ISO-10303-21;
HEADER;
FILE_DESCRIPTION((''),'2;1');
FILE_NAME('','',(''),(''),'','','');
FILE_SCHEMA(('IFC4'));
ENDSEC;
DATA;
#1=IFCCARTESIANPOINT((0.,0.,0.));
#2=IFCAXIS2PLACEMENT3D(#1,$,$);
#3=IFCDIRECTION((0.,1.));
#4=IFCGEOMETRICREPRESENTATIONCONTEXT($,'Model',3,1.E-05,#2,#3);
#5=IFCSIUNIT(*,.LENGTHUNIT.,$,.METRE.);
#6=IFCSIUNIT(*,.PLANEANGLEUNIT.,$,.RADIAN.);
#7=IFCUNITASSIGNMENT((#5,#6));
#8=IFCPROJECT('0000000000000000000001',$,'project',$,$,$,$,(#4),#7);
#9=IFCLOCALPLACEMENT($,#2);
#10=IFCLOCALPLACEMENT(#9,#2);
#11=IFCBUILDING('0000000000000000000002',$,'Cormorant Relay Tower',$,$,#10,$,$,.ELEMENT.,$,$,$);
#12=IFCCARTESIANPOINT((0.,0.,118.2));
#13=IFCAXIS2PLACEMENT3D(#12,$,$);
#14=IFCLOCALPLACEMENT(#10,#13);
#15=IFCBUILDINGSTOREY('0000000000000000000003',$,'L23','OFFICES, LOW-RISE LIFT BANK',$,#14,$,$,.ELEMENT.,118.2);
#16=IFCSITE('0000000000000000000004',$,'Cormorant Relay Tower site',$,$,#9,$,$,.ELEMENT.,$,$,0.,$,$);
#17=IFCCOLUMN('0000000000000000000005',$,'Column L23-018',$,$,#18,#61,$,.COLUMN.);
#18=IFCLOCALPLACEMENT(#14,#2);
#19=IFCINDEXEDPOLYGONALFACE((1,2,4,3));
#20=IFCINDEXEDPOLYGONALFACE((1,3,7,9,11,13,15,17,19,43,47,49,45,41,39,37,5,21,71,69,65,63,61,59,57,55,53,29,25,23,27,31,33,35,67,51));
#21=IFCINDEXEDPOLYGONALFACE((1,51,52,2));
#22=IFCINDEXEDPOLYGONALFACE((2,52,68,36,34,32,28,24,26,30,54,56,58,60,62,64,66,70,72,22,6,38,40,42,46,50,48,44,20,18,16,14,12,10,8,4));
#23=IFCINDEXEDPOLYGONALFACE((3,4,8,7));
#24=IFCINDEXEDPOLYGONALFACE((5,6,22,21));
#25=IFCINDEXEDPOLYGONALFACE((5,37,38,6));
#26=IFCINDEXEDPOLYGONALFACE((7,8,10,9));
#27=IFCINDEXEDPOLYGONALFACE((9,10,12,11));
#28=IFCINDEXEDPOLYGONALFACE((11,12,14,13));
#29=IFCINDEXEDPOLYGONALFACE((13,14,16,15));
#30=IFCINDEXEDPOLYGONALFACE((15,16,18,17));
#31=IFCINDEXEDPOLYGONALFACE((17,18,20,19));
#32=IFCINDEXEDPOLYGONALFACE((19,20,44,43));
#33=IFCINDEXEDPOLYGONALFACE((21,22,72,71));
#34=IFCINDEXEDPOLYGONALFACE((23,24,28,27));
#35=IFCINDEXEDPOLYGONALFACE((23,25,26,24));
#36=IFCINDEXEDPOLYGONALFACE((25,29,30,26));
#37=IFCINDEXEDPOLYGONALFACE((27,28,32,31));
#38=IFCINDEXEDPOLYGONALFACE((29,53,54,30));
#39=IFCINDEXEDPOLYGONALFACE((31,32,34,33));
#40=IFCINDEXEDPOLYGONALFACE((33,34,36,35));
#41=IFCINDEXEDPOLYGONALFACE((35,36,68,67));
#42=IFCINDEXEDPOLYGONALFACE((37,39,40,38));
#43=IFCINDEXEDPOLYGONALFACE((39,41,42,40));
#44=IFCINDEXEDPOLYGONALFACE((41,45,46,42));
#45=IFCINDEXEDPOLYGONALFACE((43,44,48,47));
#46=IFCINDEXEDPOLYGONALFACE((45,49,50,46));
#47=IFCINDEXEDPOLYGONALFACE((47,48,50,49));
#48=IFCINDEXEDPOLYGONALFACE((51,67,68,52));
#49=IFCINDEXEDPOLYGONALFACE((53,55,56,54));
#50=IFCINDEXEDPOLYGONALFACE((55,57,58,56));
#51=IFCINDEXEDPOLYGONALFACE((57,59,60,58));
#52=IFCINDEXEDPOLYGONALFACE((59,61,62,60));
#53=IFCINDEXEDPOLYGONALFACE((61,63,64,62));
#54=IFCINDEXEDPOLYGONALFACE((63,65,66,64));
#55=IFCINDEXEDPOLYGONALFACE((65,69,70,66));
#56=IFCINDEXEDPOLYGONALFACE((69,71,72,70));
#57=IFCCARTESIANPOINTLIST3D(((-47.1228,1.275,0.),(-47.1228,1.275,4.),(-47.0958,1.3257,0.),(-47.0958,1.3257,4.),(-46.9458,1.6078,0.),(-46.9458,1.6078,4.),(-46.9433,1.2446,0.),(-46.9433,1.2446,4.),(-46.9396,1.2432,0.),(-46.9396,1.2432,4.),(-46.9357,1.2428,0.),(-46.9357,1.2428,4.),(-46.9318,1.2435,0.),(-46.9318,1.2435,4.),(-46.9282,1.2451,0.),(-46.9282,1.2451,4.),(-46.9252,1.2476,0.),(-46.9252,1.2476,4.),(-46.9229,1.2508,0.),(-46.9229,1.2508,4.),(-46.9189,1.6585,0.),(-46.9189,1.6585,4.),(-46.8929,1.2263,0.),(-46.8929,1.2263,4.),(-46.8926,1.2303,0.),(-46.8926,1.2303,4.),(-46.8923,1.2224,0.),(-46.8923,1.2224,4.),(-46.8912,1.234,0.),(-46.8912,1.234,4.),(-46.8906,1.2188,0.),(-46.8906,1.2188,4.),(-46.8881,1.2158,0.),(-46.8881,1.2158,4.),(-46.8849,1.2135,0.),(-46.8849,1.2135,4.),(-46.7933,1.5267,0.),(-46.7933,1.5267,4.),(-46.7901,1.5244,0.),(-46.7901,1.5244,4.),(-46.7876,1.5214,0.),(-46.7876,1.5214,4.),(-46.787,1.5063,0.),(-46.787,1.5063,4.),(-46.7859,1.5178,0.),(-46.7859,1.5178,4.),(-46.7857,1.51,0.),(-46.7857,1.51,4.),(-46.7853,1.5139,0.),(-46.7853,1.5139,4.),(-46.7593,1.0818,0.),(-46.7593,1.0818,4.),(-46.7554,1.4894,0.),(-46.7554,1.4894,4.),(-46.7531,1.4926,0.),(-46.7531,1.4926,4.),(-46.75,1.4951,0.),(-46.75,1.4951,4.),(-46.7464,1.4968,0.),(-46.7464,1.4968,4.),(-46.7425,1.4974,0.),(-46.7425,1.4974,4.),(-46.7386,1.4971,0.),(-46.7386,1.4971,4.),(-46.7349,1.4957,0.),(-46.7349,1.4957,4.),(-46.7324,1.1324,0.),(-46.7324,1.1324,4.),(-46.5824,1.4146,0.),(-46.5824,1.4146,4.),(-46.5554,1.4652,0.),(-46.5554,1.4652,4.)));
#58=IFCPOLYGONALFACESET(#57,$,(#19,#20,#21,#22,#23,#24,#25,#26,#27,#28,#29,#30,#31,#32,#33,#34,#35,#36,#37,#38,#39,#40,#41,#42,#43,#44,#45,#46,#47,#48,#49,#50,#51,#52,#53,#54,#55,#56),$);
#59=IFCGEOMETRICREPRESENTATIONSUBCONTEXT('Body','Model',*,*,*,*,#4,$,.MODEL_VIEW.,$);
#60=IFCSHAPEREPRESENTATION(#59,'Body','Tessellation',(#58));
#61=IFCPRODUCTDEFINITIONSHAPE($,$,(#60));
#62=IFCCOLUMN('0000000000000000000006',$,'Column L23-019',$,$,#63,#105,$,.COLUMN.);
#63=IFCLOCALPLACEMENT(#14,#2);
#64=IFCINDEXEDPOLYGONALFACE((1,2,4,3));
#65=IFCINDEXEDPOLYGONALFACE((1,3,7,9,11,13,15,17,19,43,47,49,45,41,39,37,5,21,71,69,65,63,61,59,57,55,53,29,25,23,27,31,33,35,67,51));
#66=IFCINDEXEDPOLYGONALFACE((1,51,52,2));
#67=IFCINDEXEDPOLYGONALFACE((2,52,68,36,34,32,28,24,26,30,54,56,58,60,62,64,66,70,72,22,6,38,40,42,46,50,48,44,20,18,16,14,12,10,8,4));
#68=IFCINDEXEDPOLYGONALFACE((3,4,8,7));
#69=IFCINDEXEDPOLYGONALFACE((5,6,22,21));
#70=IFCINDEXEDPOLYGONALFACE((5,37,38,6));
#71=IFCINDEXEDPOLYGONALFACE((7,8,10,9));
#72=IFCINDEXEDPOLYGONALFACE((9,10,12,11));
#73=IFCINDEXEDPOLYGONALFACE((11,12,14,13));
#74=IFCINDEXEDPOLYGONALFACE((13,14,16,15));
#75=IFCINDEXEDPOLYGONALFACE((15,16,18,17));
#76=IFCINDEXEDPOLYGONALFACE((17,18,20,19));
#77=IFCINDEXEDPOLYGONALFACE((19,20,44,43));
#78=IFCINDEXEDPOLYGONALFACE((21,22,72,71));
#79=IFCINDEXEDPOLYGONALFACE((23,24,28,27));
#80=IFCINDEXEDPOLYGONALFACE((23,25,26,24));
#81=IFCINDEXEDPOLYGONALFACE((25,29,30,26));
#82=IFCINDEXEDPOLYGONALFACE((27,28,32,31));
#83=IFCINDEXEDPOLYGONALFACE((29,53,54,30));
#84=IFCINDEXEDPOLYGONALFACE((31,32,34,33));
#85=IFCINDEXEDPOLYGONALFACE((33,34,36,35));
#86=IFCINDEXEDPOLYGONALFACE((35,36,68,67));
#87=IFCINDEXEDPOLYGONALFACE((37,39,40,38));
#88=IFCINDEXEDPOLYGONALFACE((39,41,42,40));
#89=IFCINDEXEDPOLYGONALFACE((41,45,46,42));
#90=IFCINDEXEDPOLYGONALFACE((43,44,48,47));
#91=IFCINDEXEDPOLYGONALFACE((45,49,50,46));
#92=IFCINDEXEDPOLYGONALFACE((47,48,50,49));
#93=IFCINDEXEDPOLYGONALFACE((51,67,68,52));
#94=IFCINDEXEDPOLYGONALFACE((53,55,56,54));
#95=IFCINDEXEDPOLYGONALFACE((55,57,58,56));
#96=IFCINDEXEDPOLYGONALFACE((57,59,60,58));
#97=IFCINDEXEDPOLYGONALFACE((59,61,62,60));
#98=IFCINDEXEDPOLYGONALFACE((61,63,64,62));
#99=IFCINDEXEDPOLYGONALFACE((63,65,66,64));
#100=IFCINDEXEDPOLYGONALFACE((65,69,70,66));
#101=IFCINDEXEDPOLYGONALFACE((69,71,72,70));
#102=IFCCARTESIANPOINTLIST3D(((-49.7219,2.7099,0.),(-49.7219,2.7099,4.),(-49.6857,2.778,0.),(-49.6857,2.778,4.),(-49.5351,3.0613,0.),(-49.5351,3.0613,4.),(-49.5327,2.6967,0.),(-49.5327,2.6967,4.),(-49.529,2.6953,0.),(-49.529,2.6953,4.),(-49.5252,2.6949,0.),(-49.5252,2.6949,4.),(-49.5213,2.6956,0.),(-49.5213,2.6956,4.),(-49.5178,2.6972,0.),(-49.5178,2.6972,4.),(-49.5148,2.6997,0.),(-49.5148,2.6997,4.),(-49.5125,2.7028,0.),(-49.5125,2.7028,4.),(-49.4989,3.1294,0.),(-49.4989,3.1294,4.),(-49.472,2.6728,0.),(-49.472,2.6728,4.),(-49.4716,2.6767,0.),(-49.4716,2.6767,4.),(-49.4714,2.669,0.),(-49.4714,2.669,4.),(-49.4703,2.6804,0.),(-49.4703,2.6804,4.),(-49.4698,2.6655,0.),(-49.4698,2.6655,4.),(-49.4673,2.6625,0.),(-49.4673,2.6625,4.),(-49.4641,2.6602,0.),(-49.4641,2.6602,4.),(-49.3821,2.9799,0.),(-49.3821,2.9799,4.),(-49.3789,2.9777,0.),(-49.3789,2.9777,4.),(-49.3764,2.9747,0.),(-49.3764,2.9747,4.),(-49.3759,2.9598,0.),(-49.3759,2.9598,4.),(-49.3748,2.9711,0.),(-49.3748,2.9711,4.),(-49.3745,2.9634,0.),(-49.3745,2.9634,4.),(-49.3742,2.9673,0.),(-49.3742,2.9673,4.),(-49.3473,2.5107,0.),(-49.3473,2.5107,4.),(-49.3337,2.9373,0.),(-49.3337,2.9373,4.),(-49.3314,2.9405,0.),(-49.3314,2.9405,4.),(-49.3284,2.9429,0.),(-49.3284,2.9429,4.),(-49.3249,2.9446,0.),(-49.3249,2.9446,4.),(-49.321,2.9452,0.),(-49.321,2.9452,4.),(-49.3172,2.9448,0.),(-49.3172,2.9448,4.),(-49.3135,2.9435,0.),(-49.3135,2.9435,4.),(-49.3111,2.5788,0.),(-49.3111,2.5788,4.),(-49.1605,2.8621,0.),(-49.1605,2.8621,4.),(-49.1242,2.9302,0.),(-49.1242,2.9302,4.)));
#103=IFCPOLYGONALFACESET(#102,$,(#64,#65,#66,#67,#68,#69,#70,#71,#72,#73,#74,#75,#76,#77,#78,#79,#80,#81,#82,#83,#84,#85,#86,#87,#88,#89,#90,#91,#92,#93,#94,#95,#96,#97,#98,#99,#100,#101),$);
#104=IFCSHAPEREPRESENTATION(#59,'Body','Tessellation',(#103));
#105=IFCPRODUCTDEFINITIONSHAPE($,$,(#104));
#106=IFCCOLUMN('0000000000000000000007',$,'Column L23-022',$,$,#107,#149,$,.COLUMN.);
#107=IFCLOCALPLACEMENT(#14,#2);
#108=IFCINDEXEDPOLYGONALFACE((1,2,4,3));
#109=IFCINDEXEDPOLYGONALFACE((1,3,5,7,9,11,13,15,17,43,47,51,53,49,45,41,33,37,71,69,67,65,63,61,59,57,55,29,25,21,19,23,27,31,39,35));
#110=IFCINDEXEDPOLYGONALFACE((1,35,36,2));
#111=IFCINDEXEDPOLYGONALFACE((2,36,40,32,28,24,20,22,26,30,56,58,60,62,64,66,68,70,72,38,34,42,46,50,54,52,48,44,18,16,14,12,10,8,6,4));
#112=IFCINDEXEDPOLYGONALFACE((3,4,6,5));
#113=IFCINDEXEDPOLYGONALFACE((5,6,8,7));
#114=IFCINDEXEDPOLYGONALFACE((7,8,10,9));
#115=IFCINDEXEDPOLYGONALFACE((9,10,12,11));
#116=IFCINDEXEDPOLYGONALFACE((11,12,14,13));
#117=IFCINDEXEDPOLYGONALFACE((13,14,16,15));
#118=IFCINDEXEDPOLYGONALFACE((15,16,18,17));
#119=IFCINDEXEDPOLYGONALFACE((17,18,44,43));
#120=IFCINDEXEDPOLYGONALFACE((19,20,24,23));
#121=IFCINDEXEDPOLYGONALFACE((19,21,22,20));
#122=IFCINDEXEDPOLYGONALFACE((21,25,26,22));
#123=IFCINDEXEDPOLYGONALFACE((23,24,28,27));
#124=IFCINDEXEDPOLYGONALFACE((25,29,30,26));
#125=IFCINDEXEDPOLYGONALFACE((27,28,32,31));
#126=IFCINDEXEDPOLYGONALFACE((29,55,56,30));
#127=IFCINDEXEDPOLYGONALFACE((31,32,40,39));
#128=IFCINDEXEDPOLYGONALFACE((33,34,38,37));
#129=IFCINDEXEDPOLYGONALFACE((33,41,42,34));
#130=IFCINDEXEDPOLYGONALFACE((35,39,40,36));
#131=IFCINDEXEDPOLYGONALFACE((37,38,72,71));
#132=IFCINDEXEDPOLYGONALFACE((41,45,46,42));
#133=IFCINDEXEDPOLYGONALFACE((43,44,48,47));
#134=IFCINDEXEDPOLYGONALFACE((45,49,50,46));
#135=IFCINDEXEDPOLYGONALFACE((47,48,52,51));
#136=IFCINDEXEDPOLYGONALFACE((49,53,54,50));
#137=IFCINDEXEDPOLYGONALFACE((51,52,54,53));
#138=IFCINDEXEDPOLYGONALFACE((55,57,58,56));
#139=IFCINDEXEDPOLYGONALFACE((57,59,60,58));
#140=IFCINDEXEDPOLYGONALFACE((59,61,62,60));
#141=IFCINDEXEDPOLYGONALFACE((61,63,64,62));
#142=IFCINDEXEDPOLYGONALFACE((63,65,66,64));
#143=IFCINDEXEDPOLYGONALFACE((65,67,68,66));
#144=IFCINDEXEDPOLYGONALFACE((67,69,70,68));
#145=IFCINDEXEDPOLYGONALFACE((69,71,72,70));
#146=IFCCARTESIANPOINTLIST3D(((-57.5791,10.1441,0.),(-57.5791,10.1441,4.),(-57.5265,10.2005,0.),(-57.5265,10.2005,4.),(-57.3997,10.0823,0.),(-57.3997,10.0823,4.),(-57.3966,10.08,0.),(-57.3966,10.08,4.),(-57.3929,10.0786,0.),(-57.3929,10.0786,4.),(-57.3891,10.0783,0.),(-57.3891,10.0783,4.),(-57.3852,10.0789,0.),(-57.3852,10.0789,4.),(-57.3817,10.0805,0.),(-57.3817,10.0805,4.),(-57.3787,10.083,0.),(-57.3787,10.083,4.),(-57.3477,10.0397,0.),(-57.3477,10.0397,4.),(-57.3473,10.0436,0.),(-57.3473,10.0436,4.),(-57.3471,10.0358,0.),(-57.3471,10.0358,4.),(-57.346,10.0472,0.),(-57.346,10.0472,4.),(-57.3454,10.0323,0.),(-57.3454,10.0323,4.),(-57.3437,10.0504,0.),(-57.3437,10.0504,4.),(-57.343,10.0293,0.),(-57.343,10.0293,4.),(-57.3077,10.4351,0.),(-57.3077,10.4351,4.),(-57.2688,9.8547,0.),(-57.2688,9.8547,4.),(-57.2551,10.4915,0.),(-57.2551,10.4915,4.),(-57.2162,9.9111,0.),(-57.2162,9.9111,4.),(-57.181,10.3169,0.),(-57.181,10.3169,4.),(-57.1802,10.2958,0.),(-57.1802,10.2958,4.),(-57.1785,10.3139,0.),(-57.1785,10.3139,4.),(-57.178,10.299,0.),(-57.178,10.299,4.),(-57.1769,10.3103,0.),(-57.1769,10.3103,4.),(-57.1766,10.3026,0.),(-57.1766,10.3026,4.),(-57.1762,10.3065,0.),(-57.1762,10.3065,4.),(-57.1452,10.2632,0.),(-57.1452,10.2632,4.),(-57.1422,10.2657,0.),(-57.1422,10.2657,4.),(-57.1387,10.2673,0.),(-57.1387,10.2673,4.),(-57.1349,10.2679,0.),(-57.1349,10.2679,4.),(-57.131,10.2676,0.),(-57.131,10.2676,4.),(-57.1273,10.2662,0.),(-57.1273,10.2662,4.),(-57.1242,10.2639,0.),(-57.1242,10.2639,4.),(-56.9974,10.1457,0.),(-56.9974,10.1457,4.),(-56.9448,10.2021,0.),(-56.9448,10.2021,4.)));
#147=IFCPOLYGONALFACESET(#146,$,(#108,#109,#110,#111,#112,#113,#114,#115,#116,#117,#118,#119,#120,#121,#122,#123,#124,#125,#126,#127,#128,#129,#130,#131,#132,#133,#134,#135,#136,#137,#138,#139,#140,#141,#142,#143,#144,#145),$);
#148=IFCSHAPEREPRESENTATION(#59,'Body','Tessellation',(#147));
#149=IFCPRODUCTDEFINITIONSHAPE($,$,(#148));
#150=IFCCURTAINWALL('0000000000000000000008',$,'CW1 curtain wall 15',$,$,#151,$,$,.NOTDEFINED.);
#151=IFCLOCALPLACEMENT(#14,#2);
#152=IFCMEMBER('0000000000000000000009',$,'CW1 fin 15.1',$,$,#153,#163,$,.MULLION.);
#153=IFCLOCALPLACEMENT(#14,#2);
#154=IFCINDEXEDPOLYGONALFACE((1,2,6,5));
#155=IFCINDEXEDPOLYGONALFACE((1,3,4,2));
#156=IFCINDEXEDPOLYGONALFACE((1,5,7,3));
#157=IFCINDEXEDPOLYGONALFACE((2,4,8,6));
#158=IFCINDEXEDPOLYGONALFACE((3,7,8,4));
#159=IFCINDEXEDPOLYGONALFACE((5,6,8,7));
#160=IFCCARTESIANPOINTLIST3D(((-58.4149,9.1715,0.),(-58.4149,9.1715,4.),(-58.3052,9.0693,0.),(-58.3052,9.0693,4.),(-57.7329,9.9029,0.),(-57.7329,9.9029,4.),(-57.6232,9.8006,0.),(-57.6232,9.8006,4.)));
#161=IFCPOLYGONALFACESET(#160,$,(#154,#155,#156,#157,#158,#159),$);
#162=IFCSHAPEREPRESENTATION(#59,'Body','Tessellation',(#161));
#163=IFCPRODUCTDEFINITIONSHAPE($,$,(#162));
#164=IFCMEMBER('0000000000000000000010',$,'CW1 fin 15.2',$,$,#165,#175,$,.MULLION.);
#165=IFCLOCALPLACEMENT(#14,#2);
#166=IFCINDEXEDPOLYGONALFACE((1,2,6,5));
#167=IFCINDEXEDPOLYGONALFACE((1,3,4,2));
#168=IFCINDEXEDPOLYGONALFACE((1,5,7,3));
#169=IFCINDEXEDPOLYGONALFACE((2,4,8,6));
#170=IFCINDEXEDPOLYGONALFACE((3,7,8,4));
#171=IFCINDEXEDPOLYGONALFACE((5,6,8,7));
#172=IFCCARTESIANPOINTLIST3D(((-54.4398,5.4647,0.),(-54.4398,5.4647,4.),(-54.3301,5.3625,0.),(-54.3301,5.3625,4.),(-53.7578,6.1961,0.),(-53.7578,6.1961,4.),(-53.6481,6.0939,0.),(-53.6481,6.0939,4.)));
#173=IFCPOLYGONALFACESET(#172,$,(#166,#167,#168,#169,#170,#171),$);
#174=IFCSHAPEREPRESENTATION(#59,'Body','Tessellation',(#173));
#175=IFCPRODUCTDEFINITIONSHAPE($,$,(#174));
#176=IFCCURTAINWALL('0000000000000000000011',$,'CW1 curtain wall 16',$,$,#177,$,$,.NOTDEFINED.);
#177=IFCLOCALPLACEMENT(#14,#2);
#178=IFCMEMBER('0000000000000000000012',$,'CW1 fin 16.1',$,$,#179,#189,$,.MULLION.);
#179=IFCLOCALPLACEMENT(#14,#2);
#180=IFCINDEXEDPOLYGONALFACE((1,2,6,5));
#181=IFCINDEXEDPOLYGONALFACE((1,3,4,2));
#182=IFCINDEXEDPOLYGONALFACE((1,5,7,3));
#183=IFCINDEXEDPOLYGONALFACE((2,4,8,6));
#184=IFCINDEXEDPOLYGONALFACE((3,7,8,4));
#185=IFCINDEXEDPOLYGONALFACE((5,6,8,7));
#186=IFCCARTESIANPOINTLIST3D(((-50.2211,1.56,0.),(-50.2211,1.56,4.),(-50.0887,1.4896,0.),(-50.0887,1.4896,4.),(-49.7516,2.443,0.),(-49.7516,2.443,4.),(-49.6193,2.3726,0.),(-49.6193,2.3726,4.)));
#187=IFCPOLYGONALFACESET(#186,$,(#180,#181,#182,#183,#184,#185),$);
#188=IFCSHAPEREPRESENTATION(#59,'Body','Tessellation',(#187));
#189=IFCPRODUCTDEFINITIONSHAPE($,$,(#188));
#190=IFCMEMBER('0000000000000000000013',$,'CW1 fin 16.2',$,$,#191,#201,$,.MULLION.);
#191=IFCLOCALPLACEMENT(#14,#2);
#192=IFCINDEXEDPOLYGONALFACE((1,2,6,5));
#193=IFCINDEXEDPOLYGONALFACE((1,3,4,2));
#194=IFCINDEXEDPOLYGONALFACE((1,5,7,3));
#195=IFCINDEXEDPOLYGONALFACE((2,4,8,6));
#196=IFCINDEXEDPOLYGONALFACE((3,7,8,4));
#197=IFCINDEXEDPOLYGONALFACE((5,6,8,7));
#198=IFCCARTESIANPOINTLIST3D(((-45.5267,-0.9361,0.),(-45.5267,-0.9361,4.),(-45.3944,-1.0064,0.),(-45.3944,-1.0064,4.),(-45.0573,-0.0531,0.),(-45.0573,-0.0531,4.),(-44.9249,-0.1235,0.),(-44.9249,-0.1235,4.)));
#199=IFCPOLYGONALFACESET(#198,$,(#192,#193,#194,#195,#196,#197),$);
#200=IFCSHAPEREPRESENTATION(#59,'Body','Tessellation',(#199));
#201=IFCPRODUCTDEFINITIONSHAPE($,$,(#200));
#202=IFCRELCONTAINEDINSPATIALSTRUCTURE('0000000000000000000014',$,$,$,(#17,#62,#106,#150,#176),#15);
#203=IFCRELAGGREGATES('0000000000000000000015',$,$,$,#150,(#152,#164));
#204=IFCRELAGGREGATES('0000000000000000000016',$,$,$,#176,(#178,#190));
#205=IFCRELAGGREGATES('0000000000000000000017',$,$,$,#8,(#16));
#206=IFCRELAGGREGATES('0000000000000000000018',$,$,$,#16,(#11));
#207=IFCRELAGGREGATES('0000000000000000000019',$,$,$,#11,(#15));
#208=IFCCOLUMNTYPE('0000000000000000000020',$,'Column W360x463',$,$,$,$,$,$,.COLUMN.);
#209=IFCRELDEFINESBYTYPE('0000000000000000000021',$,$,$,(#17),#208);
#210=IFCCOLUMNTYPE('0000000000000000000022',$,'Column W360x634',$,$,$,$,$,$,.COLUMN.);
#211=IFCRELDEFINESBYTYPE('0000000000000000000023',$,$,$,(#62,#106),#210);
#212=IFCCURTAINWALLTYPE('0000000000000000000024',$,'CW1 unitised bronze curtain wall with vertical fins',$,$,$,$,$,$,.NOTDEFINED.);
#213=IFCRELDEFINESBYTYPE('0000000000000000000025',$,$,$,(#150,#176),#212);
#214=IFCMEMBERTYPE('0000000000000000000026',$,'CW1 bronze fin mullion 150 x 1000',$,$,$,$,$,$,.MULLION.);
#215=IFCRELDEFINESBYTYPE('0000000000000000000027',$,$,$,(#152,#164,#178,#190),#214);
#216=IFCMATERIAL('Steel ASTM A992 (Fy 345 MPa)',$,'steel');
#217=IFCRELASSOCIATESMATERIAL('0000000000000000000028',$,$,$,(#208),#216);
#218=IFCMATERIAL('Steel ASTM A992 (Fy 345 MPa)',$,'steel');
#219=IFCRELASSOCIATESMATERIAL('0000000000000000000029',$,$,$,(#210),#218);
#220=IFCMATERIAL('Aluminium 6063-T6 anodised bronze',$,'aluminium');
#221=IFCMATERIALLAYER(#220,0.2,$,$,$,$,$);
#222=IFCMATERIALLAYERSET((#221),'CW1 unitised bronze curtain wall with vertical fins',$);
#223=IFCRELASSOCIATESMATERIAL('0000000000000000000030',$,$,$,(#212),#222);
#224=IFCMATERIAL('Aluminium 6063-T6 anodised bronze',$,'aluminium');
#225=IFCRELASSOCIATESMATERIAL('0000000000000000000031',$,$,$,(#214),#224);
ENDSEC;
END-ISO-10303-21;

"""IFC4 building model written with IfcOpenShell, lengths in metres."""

from ifc_helpers import new_model, si_unit, direction, frame, origin, origin_2d, place, context, subcontext, project, spatial, rectangle, i_section, extrude, material, layer, layer_set, material_profile, profile_set, type_object, element, aggregate, save


model = new_model("IFC4")

# Units and contexts
model_context = context("Model", 3, precision=1e-05, world=origin(), true_north=direction((0.0, 1.0)))
body_context = subcontext(model_context, "Body", "Model", "MODEL_VIEW")
ifc_project = project(units=[si_unit("LENGTHUNIT", "METRE"), si_unit("PLANEANGLEUNIT", "RADIAN")], contexts=[model_context])

# Site, building, storey
site_placement = place(None, origin())
site = spatial("IfcSite", under=ifc_project, at=site_placement, Name="Cormorant Relay Tower site", CompositionType="ELEMENT", RefElevation=0.0)
building_placement = place(site_placement, origin())
building = spatial("IfcBuilding", under=site, at=building_placement, Name="Cormorant Relay Tower", CompositionType="ELEMENT")
storey_placement = place(building_placement, frame((0.0, 0.0, 118.2)))
storey = spatial("IfcBuildingStorey", under=building, at=storey_placement, Name="L23", Description="OFFICES, LOW-RISE LIFT BANK", CompositionType="ELEMENT", Elevation=118.2)

# Columns
ifc_material_1 = material(Name="Steel ASTM A992 (Fy 345 MPa)", Category="steel")
ifc_material_profile_1 = material_profile(ifc_material_1, i_section(OverallWidth=0.4116, OverallDepth=0.4343, WebThickness=0.0359, FlangeThickness=0.0574, FilletRadius=0.0151, at=origin_2d()), Name="W360x463")
ifc_profile_set_1 = profile_set([ifc_material_profile_1], Name="Steel ASTM A992 (Fy 345 MPa)")
column_type_1 = type_object("IfcColumnType", Name="Column W360x463", PredefinedType="COLUMN", material=ifc_profile_set_1)
column_placement = place(storey_placement, frame((-46.8391, 1.3701, 0.0), z_axis=(0.0, 0.0, 1.0), x_axis=(0.882948, -0.469472, 0.0)))
element("IfcColumn", 1, at=column_placement, inside=storey, type_object=column_type_1, Name="Column L23-018", PredefinedType="COLUMN", context=body_context, shape_type="SweptSolid", body=[
    extrude(i_section(OverallWidth=0.4116, OverallDepth=0.4343, WebThickness=0.0359, FlangeThickness=0.0574, FilletRadius=0.0151, at=origin_2d()), origin(), (0.0, 0.0, 1.0), 4.0),
])
ifc_material_2 = material(Name="Steel ASTM A992 (Fy 345 MPa)", Category="steel")
ifc_material_profile_2 = material_profile(ifc_material_2, i_section(OverallWidth=0.4243, OverallDepth=0.4751, WebThickness=0.0479, FlangeThickness=0.0771, FilletRadius=0.0149, at=origin_2d()), Name="W360x634")
ifc_profile_set_2 = profile_set([ifc_material_profile_2], Name="Steel ASTM A992 (Fy 345 MPa)")
column_type_2 = type_object("IfcColumnType", Name="Column W360x634", PredefinedType="COLUMN", material=ifc_profile_set_2)
for number, where, z_axis, x_axis, name in (
    (2, (-49.4231, 2.8201, 0.0), (0.0, 0.0, 1.0), (0.882948, -0.469472, 0.0), "Column L23-019"),
    (3, (-57.262, 10.1731, 0.0), (0.0, 0.0, 1.0), (0.731354, -0.681998, 0.0), "Column L23-022"),
):
    element("IfcColumn", number, at=place(storey_placement, frame(where, z_axis=z_axis, x_axis=x_axis)), inside=storey, type_object=column_type_2, Name=name, PredefinedType="COLUMN", context=body_context, shape_type="SweptSolid", body=[
        extrude(i_section(OverallWidth=0.4243, OverallDepth=0.4751, WebThickness=0.0479, FlangeThickness=0.0771, FilletRadius=0.0149, at=origin_2d()), origin(), (0.0, 0.0, 1.0), 4.0),
    ])

# Curtain walls, members
ifc_material_3 = material(Name="Aluminium 6063-T6 anodised bronze", Category="aluminium")
ifc_layer_1 = layer(ifc_material_3, 0.2)
ifc_layer_set_1 = layer_set([ifc_layer_1], Name="CW1 unitised bronze curtain wall with vertical fins")
curtain_wall_type = type_object("IfcCurtainWallType", Name="CW1 unitised bronze curtain wall with vertical fins", PredefinedType="NOTDEFINED", material=ifc_layer_set_1)
curtain_wall_1_placement = place(storey_placement, origin())
curtain_wall_1 = element("IfcCurtainWall", 4, at=curtain_wall_1_placement, inside=storey, type_object=curtain_wall_type, Name="CW1 curtain wall 15", PredefinedType="NOTDEFINED")
ifc_material_4 = material(Name="Aluminium 6063-T6 anodised bronze", Category="aluminium")
ifc_material_profile_3 = material_profile(ifc_material_4, rectangle(XDim=0.1499, YDim=1.0, at=origin_2d()), Name="AL 150x1000")
ifc_profile_set_3 = profile_set([ifc_material_profile_3], Name="Aluminium 6063-T6 anodised bronze")
member_type_1 = type_object("IfcMemberType", Name="CW1 bronze fin mullion 150 x 1000", PredefinedType="MULLION", material=ifc_profile_set_3)
member_1_placement = place(storey_placement, frame((-58.019, 9.4861, 0.0), z_axis=(0.0, 0.0, 1.0), x_axis=(0.731354, -0.681998, 0.0)))
member_1 = element("IfcMember", 5, at=member_1_placement, type_object=member_type_1, Name="CW1 fin 15.1", PredefinedType="MULLION", context=body_context, shape_type="SweptSolid", body=[
    extrude(rectangle(XDim=0.1499, YDim=1.0, at=origin_2d()), origin(), (0.0, 0.0, 1.0), 4.0),
])
member_2_placement = place(storey_placement, frame((-54.0439, 5.7793, 0.0), z_axis=(0.0, 0.0, 1.0), x_axis=(0.731354, -0.681998, 0.0)))
member_2 = element("IfcMember", 6, at=member_2_placement, type_object=member_type_1, Name="CW1 fin 15.2", PredefinedType="MULLION", context=body_context, shape_type="SweptSolid", body=[
    extrude(rectangle(XDim=0.1499, YDim=1.0, at=origin_2d()), origin(), (0.0, 0.0, 1.0), 4.0),
])
curtain_wall_2_placement = place(storey_placement, origin())
curtain_wall_2 = element("IfcCurtainWall", 7, at=curtain_wall_2_placement, inside=storey, type_object=curtain_wall_type, Name="CW1 curtain wall 16", PredefinedType="NOTDEFINED")
member_3_placement = place(storey_placement, frame((-49.9202, 1.9663, 0.0), z_axis=(0.0, 0.0, 1.0), x_axis=(0.882948, -0.469472, 0.0)))
member_3 = element("IfcMember", 8, at=member_3_placement, type_object=member_type_1, Name="CW1 fin 16.1", PredefinedType="MULLION", context=body_context, shape_type="SweptSolid", body=[
    extrude(rectangle(XDim=0.1499, YDim=1.0, at=origin_2d()), origin(), (0.0, 0.0, 1.0), 4.0),
])
member_4_placement = place(storey_placement, frame((-45.2258, -0.5298, 0.0), z_axis=(0.0, 0.0, 1.0), x_axis=(0.882948, -0.469472, 0.0)))
member_4 = element("IfcMember", 9, at=member_4_placement, type_object=member_type_1, Name="CW1 fin 16.2", PredefinedType="MULLION", context=body_context, shape_type="SweptSolid", body=[
    extrude(rectangle(XDim=0.1499, YDim=1.0, at=origin_2d()), origin(), (0.0, 0.0, 1.0), 4.0),
])

aggregate(curtain_wall_1, [member_1, member_2])
aggregate(curtain_wall_2, [member_3, member_4])

save(model, "model.ifc")
